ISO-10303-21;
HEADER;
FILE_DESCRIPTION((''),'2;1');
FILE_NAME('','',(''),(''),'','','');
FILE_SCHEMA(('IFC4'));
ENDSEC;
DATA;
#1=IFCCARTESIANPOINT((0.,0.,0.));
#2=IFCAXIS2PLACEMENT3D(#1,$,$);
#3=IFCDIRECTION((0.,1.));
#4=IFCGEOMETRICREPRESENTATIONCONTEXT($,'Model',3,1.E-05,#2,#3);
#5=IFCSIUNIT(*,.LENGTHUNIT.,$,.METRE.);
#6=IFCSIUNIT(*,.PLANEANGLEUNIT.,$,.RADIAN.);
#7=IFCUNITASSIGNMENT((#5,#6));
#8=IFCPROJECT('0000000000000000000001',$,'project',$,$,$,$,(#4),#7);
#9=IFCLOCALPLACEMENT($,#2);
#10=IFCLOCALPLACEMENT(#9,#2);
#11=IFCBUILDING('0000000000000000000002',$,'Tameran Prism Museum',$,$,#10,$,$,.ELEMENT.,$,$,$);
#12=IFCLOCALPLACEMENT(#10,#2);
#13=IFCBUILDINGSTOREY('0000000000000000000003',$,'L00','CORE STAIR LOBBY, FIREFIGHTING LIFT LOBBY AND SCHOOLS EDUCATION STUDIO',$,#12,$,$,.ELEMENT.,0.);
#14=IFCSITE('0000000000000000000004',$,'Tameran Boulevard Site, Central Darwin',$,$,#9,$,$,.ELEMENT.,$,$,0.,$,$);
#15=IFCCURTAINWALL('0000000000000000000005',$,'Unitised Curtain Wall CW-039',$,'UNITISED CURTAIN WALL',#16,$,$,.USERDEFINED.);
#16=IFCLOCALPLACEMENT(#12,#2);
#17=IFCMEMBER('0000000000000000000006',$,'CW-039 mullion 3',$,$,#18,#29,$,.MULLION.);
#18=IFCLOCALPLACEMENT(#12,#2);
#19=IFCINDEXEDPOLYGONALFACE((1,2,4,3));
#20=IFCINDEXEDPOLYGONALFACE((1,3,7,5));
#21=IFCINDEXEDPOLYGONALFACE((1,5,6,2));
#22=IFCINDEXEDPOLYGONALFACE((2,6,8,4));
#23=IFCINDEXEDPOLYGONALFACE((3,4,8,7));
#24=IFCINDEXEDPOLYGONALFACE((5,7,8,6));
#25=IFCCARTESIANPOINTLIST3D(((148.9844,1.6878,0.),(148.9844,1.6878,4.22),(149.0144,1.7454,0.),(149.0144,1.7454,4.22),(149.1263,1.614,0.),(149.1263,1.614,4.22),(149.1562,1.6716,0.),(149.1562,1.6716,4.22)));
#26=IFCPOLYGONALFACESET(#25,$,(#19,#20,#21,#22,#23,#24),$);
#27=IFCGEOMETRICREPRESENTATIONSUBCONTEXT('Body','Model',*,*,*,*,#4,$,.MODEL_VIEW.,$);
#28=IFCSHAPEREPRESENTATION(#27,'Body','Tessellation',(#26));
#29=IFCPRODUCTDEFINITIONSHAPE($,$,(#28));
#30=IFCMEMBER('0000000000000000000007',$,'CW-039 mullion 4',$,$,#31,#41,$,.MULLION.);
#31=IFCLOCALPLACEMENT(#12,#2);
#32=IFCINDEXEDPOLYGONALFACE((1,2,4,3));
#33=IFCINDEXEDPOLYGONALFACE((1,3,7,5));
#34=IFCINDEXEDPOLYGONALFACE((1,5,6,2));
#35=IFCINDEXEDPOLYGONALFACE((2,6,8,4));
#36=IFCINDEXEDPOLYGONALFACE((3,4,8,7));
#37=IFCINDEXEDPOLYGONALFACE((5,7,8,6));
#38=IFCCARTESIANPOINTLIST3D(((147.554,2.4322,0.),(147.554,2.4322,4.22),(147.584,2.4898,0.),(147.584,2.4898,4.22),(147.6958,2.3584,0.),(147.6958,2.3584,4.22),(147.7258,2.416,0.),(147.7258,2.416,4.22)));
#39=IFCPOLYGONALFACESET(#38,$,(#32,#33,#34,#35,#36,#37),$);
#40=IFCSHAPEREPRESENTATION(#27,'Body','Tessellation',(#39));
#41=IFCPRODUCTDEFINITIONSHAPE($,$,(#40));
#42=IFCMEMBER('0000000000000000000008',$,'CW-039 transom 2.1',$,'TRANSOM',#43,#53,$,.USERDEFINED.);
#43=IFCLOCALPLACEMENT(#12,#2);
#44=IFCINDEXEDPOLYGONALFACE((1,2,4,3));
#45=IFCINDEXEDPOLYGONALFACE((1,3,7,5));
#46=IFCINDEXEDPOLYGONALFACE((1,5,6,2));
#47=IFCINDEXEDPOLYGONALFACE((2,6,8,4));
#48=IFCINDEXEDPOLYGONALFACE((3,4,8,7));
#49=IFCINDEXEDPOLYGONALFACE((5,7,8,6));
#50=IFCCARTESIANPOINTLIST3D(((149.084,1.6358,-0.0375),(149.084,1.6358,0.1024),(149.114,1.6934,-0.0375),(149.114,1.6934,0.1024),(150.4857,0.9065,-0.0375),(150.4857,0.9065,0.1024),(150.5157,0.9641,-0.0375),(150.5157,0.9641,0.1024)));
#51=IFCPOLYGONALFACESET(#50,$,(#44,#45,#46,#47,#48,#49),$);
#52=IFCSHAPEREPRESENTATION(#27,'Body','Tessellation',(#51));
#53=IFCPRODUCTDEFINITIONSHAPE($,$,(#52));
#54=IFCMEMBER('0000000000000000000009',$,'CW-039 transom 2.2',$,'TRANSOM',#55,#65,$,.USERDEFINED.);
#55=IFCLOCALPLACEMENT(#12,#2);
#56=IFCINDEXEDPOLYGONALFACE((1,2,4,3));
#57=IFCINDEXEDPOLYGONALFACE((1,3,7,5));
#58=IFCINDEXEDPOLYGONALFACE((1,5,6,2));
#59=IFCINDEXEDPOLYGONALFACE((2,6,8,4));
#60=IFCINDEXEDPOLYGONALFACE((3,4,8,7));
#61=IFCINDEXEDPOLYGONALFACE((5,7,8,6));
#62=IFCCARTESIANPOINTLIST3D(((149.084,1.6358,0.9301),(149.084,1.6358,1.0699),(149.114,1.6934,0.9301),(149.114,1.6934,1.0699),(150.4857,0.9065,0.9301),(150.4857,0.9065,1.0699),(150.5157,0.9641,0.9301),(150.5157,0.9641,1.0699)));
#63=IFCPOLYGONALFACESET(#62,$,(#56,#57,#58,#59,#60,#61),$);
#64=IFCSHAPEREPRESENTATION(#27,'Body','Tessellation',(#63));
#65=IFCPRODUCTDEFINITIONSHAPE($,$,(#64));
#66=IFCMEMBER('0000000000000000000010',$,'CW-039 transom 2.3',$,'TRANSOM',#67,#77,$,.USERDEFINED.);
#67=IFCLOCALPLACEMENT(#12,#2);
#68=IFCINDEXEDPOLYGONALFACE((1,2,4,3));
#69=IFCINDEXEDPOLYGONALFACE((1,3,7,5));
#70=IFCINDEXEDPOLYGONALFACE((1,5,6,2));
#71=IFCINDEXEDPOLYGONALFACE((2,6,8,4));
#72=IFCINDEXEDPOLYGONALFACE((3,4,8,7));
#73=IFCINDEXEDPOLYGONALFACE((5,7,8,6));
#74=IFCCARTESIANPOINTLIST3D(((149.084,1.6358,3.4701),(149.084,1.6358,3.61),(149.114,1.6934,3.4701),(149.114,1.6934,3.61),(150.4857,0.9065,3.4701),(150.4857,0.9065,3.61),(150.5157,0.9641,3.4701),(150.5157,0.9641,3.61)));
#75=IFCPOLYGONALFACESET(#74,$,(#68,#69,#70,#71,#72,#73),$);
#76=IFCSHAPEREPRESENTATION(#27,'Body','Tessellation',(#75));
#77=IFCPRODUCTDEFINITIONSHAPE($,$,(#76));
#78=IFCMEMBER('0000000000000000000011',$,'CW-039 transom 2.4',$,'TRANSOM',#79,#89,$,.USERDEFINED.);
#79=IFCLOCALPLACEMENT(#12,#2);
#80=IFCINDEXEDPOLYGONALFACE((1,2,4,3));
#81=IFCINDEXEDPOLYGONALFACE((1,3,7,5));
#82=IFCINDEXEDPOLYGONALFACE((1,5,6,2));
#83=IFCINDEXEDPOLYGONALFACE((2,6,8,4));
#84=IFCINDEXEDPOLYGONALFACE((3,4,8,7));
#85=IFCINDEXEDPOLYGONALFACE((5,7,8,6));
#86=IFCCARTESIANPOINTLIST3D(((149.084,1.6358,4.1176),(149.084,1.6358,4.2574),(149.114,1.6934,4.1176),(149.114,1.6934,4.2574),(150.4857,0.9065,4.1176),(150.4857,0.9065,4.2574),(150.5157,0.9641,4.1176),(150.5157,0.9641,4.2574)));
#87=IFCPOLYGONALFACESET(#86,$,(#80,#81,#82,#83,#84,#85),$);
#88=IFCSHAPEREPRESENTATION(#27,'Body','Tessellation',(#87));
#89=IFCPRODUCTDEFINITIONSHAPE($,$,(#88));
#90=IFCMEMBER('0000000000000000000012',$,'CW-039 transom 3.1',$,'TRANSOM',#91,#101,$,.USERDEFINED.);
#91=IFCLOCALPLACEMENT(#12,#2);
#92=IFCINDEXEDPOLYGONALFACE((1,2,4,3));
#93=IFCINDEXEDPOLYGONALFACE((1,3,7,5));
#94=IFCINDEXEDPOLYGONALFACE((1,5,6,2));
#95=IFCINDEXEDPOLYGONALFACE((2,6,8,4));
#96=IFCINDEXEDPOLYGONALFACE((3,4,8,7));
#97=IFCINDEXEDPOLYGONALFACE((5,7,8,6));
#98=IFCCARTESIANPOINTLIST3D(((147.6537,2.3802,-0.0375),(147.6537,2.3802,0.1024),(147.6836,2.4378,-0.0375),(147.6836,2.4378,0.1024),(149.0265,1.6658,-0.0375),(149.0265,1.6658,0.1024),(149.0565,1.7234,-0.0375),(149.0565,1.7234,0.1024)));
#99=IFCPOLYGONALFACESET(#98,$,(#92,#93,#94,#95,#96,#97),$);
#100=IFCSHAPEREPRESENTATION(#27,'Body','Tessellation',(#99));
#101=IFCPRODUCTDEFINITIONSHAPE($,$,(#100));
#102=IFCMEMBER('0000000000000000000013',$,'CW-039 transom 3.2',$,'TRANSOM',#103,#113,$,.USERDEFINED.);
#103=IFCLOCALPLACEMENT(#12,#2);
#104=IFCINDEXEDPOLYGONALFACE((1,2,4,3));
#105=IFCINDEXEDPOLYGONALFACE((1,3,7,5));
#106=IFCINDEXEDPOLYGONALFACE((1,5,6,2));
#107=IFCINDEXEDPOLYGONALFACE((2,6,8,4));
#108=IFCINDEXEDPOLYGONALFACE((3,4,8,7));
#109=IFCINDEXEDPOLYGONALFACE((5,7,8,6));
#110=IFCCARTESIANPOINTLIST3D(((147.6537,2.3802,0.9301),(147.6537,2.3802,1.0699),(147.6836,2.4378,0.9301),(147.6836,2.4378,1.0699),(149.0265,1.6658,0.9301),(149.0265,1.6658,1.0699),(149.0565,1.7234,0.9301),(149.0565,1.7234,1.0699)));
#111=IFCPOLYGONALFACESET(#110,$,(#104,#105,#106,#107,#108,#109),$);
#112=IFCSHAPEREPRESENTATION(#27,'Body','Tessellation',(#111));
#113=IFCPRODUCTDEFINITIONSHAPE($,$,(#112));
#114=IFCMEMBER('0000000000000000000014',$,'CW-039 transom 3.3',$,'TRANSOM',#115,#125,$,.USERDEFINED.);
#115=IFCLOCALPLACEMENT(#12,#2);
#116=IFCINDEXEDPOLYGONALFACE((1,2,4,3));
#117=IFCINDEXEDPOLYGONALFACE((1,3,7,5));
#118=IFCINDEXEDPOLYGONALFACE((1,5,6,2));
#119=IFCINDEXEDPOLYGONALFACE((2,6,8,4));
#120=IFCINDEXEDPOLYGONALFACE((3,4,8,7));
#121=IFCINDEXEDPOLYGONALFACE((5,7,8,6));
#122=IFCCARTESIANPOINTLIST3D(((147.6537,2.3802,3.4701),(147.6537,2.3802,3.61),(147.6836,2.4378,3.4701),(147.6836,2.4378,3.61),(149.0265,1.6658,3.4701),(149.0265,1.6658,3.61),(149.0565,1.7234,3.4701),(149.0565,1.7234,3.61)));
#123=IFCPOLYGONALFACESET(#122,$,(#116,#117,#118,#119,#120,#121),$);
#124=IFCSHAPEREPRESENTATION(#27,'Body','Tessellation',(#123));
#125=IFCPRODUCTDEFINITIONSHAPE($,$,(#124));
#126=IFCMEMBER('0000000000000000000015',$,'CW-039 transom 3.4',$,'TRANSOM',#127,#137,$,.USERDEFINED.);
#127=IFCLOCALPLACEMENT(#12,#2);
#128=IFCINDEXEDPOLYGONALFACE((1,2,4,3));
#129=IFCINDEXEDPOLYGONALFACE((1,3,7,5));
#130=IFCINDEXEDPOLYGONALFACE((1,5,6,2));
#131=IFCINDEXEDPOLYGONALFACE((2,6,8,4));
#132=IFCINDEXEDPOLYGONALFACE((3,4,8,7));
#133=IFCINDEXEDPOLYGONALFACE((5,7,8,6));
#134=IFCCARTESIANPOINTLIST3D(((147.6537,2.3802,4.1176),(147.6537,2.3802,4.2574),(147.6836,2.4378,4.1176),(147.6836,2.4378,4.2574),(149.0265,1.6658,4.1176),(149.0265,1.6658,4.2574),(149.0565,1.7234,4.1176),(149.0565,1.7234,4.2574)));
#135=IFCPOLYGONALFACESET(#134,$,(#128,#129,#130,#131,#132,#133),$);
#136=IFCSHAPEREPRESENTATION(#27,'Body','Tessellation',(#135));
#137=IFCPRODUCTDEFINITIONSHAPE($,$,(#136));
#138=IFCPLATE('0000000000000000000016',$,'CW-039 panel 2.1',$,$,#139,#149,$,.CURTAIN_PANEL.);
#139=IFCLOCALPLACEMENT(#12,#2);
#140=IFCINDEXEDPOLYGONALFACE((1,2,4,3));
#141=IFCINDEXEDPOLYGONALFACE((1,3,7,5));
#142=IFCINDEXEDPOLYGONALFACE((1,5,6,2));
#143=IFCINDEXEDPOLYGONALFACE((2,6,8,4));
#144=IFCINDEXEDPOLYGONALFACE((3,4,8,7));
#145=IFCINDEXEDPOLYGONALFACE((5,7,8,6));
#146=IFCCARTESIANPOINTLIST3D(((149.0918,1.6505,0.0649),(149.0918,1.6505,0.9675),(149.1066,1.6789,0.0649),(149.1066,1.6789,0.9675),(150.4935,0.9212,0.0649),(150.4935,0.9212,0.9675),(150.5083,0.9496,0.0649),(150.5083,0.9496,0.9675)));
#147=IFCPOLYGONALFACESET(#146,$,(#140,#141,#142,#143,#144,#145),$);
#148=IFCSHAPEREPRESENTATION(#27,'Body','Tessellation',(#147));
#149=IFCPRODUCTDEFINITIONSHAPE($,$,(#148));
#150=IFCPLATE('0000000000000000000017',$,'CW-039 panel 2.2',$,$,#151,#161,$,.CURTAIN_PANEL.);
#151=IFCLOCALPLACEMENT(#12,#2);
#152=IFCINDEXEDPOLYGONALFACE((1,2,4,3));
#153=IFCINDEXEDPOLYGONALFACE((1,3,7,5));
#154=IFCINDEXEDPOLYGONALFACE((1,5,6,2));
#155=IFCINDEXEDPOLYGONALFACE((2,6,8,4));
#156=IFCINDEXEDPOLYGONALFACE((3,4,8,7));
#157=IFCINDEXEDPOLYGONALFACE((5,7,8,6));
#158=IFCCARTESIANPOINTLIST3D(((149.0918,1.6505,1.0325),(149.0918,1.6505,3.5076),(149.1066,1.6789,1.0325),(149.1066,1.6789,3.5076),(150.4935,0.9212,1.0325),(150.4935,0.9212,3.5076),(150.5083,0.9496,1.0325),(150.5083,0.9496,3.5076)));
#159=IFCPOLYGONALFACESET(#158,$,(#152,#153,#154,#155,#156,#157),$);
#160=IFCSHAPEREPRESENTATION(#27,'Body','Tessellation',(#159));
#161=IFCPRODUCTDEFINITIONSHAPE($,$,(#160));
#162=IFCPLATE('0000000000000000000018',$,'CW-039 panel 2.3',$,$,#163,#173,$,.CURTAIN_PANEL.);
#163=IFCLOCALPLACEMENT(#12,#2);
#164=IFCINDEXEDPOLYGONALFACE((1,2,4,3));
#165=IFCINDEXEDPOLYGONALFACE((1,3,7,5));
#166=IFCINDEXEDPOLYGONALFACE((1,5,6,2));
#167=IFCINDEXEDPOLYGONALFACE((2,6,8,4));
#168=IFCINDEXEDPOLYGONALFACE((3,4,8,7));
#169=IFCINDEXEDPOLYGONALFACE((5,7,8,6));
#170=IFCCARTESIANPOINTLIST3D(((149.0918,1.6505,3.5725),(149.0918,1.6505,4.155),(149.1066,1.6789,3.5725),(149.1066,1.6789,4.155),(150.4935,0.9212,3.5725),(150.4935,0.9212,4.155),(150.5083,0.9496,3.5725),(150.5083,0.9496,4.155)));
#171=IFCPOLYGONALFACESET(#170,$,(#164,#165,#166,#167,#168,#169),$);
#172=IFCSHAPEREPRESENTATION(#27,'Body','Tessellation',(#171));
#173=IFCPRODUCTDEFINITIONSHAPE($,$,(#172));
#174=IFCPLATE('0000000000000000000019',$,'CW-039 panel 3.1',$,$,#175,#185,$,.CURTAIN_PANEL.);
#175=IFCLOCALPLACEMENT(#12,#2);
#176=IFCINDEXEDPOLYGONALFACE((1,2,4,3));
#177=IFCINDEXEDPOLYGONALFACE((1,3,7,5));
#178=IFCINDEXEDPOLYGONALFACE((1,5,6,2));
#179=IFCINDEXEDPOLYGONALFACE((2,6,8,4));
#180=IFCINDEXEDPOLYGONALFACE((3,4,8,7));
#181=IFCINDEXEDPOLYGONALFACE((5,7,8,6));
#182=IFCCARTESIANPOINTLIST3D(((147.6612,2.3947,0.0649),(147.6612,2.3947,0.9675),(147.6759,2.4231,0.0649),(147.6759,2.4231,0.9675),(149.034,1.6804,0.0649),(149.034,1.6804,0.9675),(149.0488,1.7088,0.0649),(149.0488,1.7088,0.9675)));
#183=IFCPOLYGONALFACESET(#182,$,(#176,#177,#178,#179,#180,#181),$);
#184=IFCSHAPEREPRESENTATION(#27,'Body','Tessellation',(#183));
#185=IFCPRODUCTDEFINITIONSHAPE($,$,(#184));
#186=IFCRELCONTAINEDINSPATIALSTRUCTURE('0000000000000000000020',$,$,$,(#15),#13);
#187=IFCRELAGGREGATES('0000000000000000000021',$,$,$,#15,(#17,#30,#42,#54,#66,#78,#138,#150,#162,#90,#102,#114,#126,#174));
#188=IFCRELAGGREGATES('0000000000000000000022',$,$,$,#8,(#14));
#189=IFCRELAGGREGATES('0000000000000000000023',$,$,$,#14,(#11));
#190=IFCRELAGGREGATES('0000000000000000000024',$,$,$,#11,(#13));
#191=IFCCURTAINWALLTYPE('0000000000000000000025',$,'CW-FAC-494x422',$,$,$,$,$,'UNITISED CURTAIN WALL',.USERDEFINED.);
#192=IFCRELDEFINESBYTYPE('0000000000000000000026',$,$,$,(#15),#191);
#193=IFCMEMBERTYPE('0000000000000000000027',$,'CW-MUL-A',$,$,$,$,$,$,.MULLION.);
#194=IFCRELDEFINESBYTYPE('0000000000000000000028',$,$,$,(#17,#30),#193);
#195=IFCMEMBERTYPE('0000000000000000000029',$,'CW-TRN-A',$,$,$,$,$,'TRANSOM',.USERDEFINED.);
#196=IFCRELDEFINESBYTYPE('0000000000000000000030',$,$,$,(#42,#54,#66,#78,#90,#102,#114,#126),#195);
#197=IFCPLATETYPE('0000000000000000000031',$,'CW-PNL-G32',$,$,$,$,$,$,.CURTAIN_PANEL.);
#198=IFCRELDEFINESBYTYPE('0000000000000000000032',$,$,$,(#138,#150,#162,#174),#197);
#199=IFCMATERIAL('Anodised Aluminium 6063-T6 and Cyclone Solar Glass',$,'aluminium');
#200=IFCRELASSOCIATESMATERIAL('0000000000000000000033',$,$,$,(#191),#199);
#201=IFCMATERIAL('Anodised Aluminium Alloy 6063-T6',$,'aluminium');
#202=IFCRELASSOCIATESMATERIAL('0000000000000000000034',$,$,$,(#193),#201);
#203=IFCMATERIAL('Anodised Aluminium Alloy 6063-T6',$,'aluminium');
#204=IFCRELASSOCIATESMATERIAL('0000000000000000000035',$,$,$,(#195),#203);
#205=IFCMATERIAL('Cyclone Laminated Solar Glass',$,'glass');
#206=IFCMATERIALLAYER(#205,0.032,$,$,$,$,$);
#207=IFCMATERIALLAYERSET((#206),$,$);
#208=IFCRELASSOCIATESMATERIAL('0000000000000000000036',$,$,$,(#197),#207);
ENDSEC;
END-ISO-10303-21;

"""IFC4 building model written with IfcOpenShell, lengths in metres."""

from ifc_helpers import new_model, si_unit, direction, frame, origin, origin_2d, place, context, subcontext, project, spatial, rectangle, extrude, material, layer, layer_set, material_profile, profile_set, type_object, element, aggregate, save


model = new_model("IFC4")

# Units and contexts
model_context = context("Model", 3, precision=1e-05, world=origin(), true_north=direction((0.0, 1.0)))
body_context = subcontext(model_context, "Body", "Model", "MODEL_VIEW")
ifc_project = project(units=[si_unit("LENGTHUNIT", "METRE"), si_unit("PLANEANGLEUNIT", "RADIAN")], contexts=[model_context])

# Site, building, storey
site_placement = place(None, origin())
site = spatial("IfcSite", under=ifc_project, at=site_placement, Name="Tameran Boulevard Site, Central Darwin", CompositionType="ELEMENT", RefElevation=0.0)
building_placement = place(site_placement, origin())
building = spatial("IfcBuilding", under=site, at=building_placement, Name="Tameran Prism Museum", CompositionType="ELEMENT")
storey_placement = place(building_placement, origin())
storey = spatial("IfcBuildingStorey", under=building, at=storey_placement, Name="L00", Description="CORE STAIR LOBBY, FIREFIGHTING LIFT LOBBY AND SCHOOLS EDUCATION STUDIO", CompositionType="ELEMENT", Elevation=0.0)

# Curtain wall, members, plates
ifc_material_1 = material(Name="Anodised Aluminium 6063-T6 and Cyclone Solar Glass", Category="aluminium")
curtain_wall_type = type_object("IfcCurtainWallType", Name="CW-FAC-494x422", ElementType="UNITISED CURTAIN WALL", PredefinedType="USERDEFINED", material=ifc_material_1)
curtain_wall_placement = place(storey_placement, origin())
curtain_wall = element("IfcCurtainWall", 1, at=curtain_wall_placement, inside=storey, type_object=curtain_wall_type, Name="Unitised Curtain Wall CW-039", ObjectType="UNITISED CURTAIN WALL", PredefinedType="USERDEFINED")
ifc_material_2 = material(Name="Anodised Aluminium Alloy 6063-T6", Category="aluminium")
ifc_material_profile_1 = material_profile(ifc_material_2, rectangle(XDim=0.0649, YDim=0.1599, at=origin_2d()))
ifc_profile_set_1 = profile_set([ifc_material_profile_1])
member_type_1 = type_object("IfcMemberType", Name="CW-MUL-A", PredefinedType="MULLION", material=ifc_profile_set_1)
member_1_placement = place(storey_placement, frame((149.0703, 1.6797, 0.0), z_axis=(0.0, 0.0, 1.0), x_axis=(-0.461582, -0.887097, 0.0)))
member_1 = element("IfcMember", 2, at=member_1_placement, type_object=member_type_1, Name="CW-039 mullion 3", PredefinedType="MULLION", context=body_context, shape_type="SweptSolid", body=[
    extrude(rectangle(XDim=0.0649, YDim=0.1599, at=origin_2d()), origin(), (0.0, 0.0, 1.0), 4.22),
])
member_2_placement = place(storey_placement, frame((147.6399, 2.4241, 0.0), z_axis=(0.0, 0.0, 1.0), x_axis=(-0.461582, -0.887097, 0.0)))
member_2 = element("IfcMember", 3, at=member_2_placement, type_object=member_type_1, Name="CW-039 mullion 4", PredefinedType="MULLION", context=body_context, shape_type="SweptSolid", body=[
    extrude(rectangle(XDim=0.0649, YDim=0.1599, at=origin_2d()), origin(), (0.0, 0.0, 1.0), 4.22),
])
ifc_material_3 = material(Name="Anodised Aluminium Alloy 6063-T6", Category="aluminium")
ifc_material_profile_2 = material_profile(ifc_material_3, rectangle(XDim=0.0649, YDim=0.1399, at=origin_2d()))
ifc_profile_set_2 = profile_set([ifc_material_profile_2])
member_type_2 = type_object("IfcMemberType", Name="CW-TRN-A", ElementType="TRANSOM", PredefinedType="USERDEFINED", material=ifc_profile_set_2)
member_3_placement = place(storey_placement, frame((150.5007, 0.9353, 0.0325), z_axis=(-0.887111, 0.461557, 0.0), x_axis=(-0.461557, -0.887111, 0.0)))
member_3 = element("IfcMember", 4, at=member_3_placement, type_object=member_type_2, Name="CW-039 transom 2.1", ObjectType="TRANSOM", PredefinedType="USERDEFINED", context=body_context, shape_type="SweptSolid", body=[
    extrude(rectangle(XDim=0.0649, YDim=0.1399, at=origin_2d()), origin(), (0.0, 0.0, 1.0), 1.5801),
])
member_4_placement = place(storey_placement, frame((150.5007, 0.9353, 1.0), z_axis=(-0.887111, 0.461557, 0.0), x_axis=(-0.461557, -0.887111, 0.0)))
member_4 = element("IfcMember", 5, at=member_4_placement, type_object=member_type_2, Name="CW-039 transom 2.2", ObjectType="TRANSOM", PredefinedType="USERDEFINED", context=body_context, shape_type="SweptSolid", body=[
    extrude(rectangle(XDim=0.0649, YDim=0.1399, at=origin_2d()), origin(), (0.0, 0.0, 1.0), 1.5801),
])
member_5_placement = place(storey_placement, frame((150.5007, 0.9353, 3.54), z_axis=(-0.887111, 0.461557, 0.0), x_axis=(-0.461557, -0.887111, 0.0)))
member_5 = element("IfcMember", 6, at=member_5_placement, type_object=member_type_2, Name="CW-039 transom 2.3", ObjectType="TRANSOM", PredefinedType="USERDEFINED", context=body_context, shape_type="SweptSolid", body=[
    extrude(rectangle(XDim=0.0649, YDim=0.1399, at=origin_2d()), origin(), (0.0, 0.0, 1.0), 1.5801),
])
member_6_placement = place(storey_placement, frame((150.5007, 0.9353, 4.1875), z_axis=(-0.887111, 0.461557, 0.0), x_axis=(-0.461557, -0.887111, 0.0)))
member_6 = element("IfcMember", 7, at=member_6_placement, type_object=member_type_2, Name="CW-039 transom 2.4", ObjectType="TRANSOM", PredefinedType="USERDEFINED", context=body_context, shape_type="SweptSolid", body=[
    extrude(rectangle(XDim=0.0649, YDim=0.1399, at=origin_2d()), origin(), (0.0, 0.0, 1.0), 1.5801),
])
member_7_placement = place(storey_placement, frame((149.0415, 1.6946, 0.0325), z_axis=(-0.887085, 0.461606, 0.0), x_axis=(-0.461606, -0.887085, 0.0)))
member_7 = element("IfcMember", 8, at=member_7_placement, type_object=member_type_2, Name="CW-039 transom 3.1", ObjectType="TRANSOM", PredefinedType="USERDEFINED", context=body_context, shape_type="SweptSolid", body=[
    extrude(rectangle(XDim=0.0649, YDim=0.1399, at=origin_2d()), origin(), (0.0, 0.0, 1.0), 1.5476),
])
member_8_placement = place(storey_placement, frame((149.0415, 1.6946, 1.0), z_axis=(-0.887085, 0.461606, 0.0), x_axis=(-0.461606, -0.887085, 0.0)))
member_8 = element("IfcMember", 9, at=member_8_placement, type_object=member_type_2, Name="CW-039 transom 3.2", ObjectType="TRANSOM", PredefinedType="USERDEFINED", context=body_context, shape_type="SweptSolid", body=[
    extrude(rectangle(XDim=0.0649, YDim=0.1399, at=origin_2d()), origin(), (0.0, 0.0, 1.0), 1.5476),
])
member_9_placement = place(storey_placement, frame((149.0415, 1.6946, 3.54), z_axis=(-0.887085, 0.461606, 0.0), x_axis=(-0.461606, -0.887085, 0.0)))
member_9 = element("IfcMember", 10, at=member_9_placement, type_object=member_type_2, Name="CW-039 transom 3.3", ObjectType="TRANSOM", PredefinedType="USERDEFINED", context=body_context, shape_type="SweptSolid", body=[
    extrude(rectangle(XDim=0.0649, YDim=0.1399, at=origin_2d()), origin(), (0.0, 0.0, 1.0), 1.5476),
])
member_10_placement = place(storey_placement, frame((149.0415, 1.6946, 4.1875), z_axis=(-0.887085, 0.461606, 0.0), x_axis=(-0.461606, -0.887085, 0.0)))
member_10 = element("IfcMember", 11, at=member_10_placement, type_object=member_type_2, Name="CW-039 transom 3.4", ObjectType="TRANSOM", PredefinedType="USERDEFINED", context=body_context, shape_type="SweptSolid", body=[
    extrude(rectangle(XDim=0.0649, YDim=0.1399, at=origin_2d()), origin(), (0.0, 0.0, 1.0), 1.5476),
])
ifc_material_4 = material(Name="Cyclone Laminated Solar Glass", Category="glass")
ifc_layer_1 = layer(ifc_material_4, 0.032)
ifc_layer_set_1 = layer_set([ifc_layer_1])
plate_type_1 = type_object("IfcPlateType", Name="CW-PNL-G32", PredefinedType="CURTAIN_PANEL", material=ifc_layer_set_1)
plate_1_placement = place(storey_placement, frame((149.8, 1.3, 0.0649), z_axis=(0.0, 0.0, 1.0), x_axis=(-0.887097, 0.461582, 0.0)))
plate_1 = element("IfcPlate", 12, at=plate_1_placement, type_object=plate_type_1, Name="CW-039 panel 2.1", PredefinedType="CURTAIN_PANEL", context=body_context, shape_type="SweptSolid", body=[
    extrude(rectangle(XDim=1.5801, YDim=0.032, at=origin_2d()), origin(), (0.0, 0.0, 1.0), 0.9026),
])
plate_2_placement = place(storey_placement, frame((149.8, 1.3, 1.0325), z_axis=(0.0, 0.0, 1.0), x_axis=(-0.887097, 0.461582, 0.0)))
plate_2 = element("IfcPlate", 13, at=plate_2_placement, type_object=plate_type_1, Name="CW-039 panel 2.2", PredefinedType="CURTAIN_PANEL", context=body_context, shape_type="SweptSolid", body=[
    extrude(rectangle(XDim=1.5801, YDim=0.032, at=origin_2d()), origin(), (0.0, 0.0, 1.0), 2.4751),
])
plate_3_placement = place(storey_placement, frame((149.8, 1.3, 3.5725), z_axis=(0.0, 0.0, 1.0), x_axis=(-0.887097, 0.461582, 0.0)))
plate_3 = element("IfcPlate", 14, at=plate_3_placement, type_object=plate_type_1, Name="CW-039 panel 2.3", PredefinedType="CURTAIN_PANEL", context=body_context, shape_type="SweptSolid", body=[
    extrude(rectangle(XDim=1.5801, YDim=0.032, at=origin_2d()), origin(), (0.0, 0.0, 1.0), 0.5825),
])
plate_4_placement = place(storey_placement, frame((148.355, 2.0518, 0.0649), z_axis=(0.0, 0.0, 1.0), x_axis=(-0.887097, 0.461582, 0.0)))
plate_4 = element("IfcPlate", 15, at=plate_4_placement, type_object=plate_type_1, Name="CW-039 panel 3.1", PredefinedType="CURTAIN_PANEL", context=body_context, shape_type="SweptSolid", body=[
    extrude(rectangle(XDim=1.5476, YDim=0.032, at=origin_2d()), origin(), (0.0, 0.0, 1.0), 0.9026),
])
aggregate(curtain_wall, [member_1, member_2, member_3, member_4, member_5, member_6, plate_1, plate_2, plate_3, member_7, member_8, member_9, member_10, plate_4])

save(model, "model.ifc")
